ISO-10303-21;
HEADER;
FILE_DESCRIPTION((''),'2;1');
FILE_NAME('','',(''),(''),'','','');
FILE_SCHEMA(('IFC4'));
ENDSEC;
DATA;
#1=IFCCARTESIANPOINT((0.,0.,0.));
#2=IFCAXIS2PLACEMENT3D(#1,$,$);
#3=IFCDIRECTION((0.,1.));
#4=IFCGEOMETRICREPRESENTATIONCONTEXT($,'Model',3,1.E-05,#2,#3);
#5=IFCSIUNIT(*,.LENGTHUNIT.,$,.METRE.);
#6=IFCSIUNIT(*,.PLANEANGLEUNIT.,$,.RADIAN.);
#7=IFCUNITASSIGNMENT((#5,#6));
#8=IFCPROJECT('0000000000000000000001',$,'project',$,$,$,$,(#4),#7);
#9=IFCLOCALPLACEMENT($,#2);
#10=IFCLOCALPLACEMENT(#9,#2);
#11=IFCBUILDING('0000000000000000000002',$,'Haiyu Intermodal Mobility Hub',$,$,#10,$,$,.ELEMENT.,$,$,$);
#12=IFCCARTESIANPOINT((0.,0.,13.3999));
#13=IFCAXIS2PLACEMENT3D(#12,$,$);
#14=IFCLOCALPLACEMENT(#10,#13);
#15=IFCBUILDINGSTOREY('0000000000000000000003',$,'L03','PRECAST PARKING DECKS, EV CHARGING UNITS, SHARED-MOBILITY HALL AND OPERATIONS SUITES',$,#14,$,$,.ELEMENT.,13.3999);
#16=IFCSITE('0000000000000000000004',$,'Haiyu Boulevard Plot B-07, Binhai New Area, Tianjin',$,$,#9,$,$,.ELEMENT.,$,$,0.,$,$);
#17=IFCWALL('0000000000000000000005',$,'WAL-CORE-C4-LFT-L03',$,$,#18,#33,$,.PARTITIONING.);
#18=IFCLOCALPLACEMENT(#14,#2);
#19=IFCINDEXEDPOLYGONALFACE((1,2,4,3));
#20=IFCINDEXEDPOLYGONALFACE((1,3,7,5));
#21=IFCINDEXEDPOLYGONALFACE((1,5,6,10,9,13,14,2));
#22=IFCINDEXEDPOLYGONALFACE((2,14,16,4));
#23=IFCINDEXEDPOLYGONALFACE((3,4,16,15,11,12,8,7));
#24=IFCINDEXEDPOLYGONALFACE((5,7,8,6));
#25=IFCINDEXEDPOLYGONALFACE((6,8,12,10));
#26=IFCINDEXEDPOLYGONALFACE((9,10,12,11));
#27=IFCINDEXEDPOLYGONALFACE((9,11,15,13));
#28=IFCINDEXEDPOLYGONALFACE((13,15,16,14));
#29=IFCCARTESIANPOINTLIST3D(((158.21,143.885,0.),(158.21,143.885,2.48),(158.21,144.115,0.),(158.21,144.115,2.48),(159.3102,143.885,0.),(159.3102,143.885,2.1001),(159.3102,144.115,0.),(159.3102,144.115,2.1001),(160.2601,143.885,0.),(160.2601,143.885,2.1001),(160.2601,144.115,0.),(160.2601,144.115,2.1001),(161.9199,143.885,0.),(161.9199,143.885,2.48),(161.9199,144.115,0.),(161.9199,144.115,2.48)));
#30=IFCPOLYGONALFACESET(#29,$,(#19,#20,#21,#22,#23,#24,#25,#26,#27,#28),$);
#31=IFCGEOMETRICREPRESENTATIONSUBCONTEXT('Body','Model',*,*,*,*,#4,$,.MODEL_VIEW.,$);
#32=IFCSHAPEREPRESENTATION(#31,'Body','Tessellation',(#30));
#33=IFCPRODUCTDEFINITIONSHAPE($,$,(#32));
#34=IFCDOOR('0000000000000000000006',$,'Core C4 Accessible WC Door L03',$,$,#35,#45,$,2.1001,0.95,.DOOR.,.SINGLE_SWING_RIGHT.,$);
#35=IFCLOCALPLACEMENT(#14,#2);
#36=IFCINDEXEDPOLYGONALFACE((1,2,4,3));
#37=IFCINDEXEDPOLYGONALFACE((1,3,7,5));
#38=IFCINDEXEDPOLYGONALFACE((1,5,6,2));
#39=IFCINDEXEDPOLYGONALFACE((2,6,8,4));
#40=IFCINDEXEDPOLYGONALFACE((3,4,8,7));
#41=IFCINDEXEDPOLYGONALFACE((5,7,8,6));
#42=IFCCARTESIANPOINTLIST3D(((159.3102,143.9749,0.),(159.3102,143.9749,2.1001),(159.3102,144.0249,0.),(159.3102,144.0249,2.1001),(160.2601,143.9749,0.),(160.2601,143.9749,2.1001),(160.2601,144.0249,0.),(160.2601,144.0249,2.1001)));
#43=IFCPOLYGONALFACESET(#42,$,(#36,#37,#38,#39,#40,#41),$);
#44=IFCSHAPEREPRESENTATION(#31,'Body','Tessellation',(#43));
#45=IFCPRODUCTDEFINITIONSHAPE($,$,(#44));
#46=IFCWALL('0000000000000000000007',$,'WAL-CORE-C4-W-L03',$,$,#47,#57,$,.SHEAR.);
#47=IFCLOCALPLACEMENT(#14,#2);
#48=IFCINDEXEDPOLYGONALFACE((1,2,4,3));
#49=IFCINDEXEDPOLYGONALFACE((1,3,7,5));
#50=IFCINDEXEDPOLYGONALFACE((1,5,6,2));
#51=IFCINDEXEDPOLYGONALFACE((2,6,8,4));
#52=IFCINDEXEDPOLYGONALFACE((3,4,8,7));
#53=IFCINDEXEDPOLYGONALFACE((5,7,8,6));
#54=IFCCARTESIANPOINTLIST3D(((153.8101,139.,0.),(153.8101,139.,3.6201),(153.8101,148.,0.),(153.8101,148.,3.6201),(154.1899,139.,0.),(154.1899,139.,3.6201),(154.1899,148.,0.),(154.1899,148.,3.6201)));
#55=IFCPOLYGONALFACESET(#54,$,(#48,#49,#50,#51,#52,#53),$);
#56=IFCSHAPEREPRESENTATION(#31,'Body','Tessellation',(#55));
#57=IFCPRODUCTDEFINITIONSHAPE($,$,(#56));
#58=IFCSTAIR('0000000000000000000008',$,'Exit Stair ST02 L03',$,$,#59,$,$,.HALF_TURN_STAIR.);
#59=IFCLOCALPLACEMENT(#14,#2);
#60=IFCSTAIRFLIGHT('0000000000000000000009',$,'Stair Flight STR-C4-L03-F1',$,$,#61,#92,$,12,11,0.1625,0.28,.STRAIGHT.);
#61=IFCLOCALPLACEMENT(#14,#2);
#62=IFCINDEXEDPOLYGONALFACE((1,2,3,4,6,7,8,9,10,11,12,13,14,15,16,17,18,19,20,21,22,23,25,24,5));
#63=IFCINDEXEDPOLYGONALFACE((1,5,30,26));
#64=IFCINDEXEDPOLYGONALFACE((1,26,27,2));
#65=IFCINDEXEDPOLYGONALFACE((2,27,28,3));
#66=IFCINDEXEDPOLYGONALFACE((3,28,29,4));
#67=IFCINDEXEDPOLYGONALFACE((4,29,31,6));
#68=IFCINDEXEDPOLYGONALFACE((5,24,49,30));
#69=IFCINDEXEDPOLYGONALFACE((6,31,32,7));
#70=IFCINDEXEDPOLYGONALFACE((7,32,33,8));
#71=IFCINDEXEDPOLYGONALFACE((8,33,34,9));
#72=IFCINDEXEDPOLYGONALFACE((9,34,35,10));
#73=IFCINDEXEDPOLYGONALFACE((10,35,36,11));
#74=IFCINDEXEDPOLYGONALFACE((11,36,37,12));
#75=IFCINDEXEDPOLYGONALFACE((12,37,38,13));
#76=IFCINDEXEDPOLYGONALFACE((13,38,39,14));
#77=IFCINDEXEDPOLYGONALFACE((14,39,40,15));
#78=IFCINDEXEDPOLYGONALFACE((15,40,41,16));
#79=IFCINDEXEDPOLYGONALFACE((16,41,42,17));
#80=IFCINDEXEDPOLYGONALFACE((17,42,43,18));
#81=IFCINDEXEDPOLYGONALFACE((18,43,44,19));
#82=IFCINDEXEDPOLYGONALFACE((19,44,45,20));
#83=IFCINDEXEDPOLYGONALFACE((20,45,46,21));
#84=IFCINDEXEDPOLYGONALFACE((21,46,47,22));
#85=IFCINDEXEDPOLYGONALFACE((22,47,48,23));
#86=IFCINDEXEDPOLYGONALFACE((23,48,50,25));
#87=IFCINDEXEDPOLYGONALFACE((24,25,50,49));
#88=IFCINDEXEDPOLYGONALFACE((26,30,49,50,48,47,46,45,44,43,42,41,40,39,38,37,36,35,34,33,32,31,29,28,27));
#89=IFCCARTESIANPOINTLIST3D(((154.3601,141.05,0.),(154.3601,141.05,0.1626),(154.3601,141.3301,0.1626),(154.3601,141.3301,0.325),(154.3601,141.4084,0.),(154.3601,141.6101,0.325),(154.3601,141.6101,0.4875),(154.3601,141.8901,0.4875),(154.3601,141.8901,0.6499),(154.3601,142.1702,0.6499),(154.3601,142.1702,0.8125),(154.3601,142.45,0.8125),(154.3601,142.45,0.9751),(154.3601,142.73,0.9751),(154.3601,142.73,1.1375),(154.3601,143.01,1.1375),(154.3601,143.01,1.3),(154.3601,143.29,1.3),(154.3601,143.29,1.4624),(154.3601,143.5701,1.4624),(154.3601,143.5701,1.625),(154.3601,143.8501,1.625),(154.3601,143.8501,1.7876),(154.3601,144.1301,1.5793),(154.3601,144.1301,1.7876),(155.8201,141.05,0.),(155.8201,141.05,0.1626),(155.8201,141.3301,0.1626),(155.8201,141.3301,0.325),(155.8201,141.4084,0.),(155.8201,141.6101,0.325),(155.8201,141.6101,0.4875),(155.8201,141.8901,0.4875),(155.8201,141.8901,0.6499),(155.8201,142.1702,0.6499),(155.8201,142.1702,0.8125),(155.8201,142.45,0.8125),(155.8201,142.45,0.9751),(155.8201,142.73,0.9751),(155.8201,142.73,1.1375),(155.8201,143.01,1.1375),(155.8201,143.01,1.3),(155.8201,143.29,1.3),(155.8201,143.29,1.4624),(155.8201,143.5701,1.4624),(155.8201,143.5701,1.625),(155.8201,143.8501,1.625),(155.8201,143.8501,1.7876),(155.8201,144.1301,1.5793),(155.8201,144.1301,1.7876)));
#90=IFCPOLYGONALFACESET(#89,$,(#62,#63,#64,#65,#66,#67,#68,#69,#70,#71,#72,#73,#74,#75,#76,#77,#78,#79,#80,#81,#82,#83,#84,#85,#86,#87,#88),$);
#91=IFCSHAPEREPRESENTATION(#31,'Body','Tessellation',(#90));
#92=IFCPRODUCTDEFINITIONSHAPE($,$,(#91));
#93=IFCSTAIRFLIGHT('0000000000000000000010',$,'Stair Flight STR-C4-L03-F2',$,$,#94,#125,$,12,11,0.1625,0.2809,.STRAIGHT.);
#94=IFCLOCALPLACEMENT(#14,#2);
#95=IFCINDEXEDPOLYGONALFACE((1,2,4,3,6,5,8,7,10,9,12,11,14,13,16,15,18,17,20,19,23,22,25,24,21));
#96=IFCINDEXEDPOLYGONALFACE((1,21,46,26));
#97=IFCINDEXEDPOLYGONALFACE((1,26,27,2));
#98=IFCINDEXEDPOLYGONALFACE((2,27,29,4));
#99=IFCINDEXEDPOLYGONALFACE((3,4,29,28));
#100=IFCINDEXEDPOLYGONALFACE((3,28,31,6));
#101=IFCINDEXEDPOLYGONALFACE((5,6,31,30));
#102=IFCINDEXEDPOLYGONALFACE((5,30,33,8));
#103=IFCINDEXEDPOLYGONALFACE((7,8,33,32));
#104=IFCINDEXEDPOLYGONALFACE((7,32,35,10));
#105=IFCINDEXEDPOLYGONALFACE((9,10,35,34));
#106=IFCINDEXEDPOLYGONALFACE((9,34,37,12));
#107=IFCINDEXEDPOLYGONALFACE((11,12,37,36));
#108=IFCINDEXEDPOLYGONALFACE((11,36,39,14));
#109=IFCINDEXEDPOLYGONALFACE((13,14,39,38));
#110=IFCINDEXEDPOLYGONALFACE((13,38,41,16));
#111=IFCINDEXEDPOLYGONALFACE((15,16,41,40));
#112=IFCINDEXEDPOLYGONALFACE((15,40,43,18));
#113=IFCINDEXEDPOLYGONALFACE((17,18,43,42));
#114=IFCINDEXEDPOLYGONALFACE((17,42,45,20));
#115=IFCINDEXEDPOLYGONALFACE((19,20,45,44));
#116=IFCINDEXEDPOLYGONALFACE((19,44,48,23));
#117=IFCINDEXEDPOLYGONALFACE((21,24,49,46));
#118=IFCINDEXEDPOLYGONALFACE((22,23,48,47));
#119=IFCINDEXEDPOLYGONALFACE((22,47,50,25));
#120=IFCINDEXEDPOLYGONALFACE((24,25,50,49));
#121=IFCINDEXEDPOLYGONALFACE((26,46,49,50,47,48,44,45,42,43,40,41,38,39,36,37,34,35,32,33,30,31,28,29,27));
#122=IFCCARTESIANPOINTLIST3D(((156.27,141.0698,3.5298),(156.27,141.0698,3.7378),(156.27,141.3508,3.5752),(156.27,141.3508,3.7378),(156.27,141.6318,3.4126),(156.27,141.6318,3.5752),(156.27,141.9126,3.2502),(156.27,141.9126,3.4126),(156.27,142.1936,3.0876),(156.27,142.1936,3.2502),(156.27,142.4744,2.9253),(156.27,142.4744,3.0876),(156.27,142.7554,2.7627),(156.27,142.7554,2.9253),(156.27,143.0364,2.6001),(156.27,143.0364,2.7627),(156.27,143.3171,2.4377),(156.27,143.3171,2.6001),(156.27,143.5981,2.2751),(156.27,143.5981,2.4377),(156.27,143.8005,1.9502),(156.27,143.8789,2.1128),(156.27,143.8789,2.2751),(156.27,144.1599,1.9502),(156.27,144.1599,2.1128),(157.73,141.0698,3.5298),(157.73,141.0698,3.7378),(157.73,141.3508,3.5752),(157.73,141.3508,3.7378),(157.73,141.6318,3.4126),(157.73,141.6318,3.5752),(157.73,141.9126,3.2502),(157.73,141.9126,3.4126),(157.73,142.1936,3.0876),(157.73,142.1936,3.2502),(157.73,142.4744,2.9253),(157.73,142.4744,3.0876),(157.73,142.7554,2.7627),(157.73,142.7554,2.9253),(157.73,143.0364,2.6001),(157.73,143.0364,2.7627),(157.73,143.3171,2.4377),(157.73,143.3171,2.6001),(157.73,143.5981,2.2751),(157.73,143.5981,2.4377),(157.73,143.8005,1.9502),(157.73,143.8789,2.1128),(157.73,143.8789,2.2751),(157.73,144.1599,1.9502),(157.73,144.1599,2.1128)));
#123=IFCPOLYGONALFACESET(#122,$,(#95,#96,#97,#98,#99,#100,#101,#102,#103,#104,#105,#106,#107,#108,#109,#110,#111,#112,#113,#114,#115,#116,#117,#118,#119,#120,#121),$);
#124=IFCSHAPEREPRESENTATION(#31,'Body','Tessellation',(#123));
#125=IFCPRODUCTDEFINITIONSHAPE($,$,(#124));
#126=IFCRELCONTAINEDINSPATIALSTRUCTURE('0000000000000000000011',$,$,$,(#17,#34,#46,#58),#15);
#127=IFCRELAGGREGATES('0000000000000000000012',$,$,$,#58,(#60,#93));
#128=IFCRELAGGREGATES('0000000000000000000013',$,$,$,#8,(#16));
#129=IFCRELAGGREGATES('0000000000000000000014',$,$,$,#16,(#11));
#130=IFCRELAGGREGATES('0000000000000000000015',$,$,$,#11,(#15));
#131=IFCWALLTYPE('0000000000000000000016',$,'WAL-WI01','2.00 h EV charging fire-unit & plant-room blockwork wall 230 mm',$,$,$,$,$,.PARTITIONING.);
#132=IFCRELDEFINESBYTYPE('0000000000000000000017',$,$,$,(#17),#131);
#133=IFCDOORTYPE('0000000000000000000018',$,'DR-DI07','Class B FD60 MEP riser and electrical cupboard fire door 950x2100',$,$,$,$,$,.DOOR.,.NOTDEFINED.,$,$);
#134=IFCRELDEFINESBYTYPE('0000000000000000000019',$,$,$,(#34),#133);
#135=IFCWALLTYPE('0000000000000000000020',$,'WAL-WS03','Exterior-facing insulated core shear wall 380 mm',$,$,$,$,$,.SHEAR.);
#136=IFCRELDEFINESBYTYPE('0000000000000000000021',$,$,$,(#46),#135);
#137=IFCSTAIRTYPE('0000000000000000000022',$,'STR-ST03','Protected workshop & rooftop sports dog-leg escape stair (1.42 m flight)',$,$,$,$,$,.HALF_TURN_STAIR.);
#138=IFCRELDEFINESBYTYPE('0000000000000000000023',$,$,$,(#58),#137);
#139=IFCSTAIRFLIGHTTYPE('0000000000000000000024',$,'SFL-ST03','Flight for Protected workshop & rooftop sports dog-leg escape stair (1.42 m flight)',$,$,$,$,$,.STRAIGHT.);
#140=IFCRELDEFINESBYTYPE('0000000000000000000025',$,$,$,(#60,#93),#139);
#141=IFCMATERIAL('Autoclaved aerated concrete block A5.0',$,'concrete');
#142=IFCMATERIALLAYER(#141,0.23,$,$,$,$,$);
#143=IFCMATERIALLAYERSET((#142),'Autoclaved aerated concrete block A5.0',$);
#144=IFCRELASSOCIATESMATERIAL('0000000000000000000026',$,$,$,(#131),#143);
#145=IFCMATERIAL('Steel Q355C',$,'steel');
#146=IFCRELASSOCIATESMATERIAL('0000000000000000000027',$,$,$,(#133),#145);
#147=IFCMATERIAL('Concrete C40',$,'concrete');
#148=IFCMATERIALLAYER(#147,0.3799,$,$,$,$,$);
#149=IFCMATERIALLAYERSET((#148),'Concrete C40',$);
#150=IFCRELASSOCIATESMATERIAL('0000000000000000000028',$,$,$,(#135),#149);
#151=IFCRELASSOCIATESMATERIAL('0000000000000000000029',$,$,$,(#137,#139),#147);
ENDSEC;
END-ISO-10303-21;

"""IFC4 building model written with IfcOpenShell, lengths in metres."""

from ifc_helpers import new_model, si_unit, direction, frame, frame_2d, origin, place, context, subcontext, project, spatial, polyline, rectangle, outline, extrude, material, layer, layer_set, type_object, element, fill, aggregate, save


model = new_model("IFC4")

# Units and contexts
model_context = context("Model", 3, precision=1e-05, world=origin(), true_north=direction((0.0, 1.0)))
body_context = subcontext(model_context, "Body", "Model", "MODEL_VIEW")
ifc_project = project(units=[si_unit("LENGTHUNIT", "METRE"), si_unit("PLANEANGLEUNIT", "RADIAN")], contexts=[model_context])

# Site, building, storey
site_placement = place(None, origin())
site = spatial("IfcSite", under=ifc_project, at=site_placement, Name="Haiyu Boulevard Plot B-07, Binhai New Area, Tianjin", CompositionType="ELEMENT", RefElevation=0.0)
building_placement = place(site_placement, origin())
building = spatial("IfcBuilding", under=site, at=building_placement, Name="Haiyu Intermodal Mobility Hub", CompositionType="ELEMENT")
storey_placement = place(building_placement, frame((0.0, 0.0, 13.3999)))
storey = spatial("IfcBuildingStorey", under=building, at=storey_placement, Name="L03", Description="PRECAST PARKING DECKS, EV CHARGING UNITS, SHARED-MOBILITY HALL AND OPERATIONS SUITES", CompositionType="ELEMENT", Elevation=13.3999)

# Shared definitions
ifc_material_1 = material(Name="Steel Q355C", Category="steel")

# Wall, opening, door
ifc_material_2 = material(Name="Autoclaved aerated concrete block A5.0", Category="concrete")
ifc_layer_1 = layer(ifc_material_2, 0.23)
ifc_layer_set_1 = layer_set([ifc_layer_1], Name="Autoclaved aerated concrete block A5.0")
wall_type_1 = type_object("IfcWallType", Name="WAL-WI01", Description="2.00 h EV charging fire-unit & plant-room blockwork wall 230 mm", PredefinedType="PARTITIONING", material=ifc_layer_set_1)
wall_1_placement = place(storey_placement, frame((158.21, 144.0, 0.0), z_axis=(0.0, 0.0, 1.0), x_axis=(1.0, 0.0, 0.0)))
wall_1 = element("IfcWall", 1, at=wall_1_placement, inside=storey, type_object=wall_type_1, Name="WAL-CORE-C4-LFT-L03", PredefinedType="PARTITIONING", context=body_context, shape_type="SweptSolid", body=[
    extrude(rectangle(XDim=3.71, YDim=0.23, at=frame_2d((1.855, 0.0))), origin(), (0.0, 0.0, 1.0), 2.48),
])
opening_placement = place(wall_1_placement, frame((1.1001, 0.0, 0.0)))
opening = element("IfcOpeningElement", 2, at=opening_placement, cuts=wall_1, PredefinedType="OPENING", context=body_context, shape_type="SweptSolid", body=[
    extrude(rectangle(XDim=0.95, YDim=2.1001, at=frame_2d((0.4751, 1.05))), frame((0.0, 0.125, 0.0), z_axis=(0.0, -1.0, 0.0), x_axis=(1.0, 0.0, 0.0)), (0.0, 0.0, 1.0), 0.25),
])
door_type = type_object("IfcDoorType", Name="DR-DI07", Description="Class B FD60 MEP riser and electrical cupboard fire door 950x2100", OperationType="NOTDEFINED", PredefinedType="DOOR", material=ifc_material_1)
door_placement = place(opening_placement, origin())
door = element("IfcDoor", 3, at=door_placement, inside=storey, type_object=door_type, Name="Core C4 Accessible WC Door L03", OperationType="SINGLE_SWING_RIGHT", OverallHeight=2.1001, OverallWidth=0.95, PredefinedType="DOOR", context=body_context, shape_type="SweptSolid", body=[
    extrude(rectangle(XDim=0.95, YDim=2.1001, at=frame_2d((0.4751, 1.05))), frame((0.0, 0.0249, 0.0), z_axis=(0.0, -1.0, 0.0), x_axis=(1.0, 0.0, 0.0)), (0.0, 0.0, 1.0), 0.05),
])
fill(opening, door)

# Wall
ifc_material_3 = material(Name="Concrete C40", Category="concrete")
ifc_layer_2 = layer(ifc_material_3, 0.3799)
ifc_layer_set_2 = layer_set([ifc_layer_2], Name="Concrete C40")
wall_type_2 = type_object("IfcWallType", Name="WAL-WS03", Description="Exterior-facing insulated core shear wall 380 mm", PredefinedType="SHEAR", material=ifc_layer_set_2)
wall_2_placement = place(storey_placement, frame((154.0, 148.0, 0.0), z_axis=(0.0, 0.0, 1.0), x_axis=(0.0, -1.0, 0.0)))
element("IfcWall", 4, at=wall_2_placement, inside=storey, type_object=wall_type_2, Name="WAL-CORE-C4-W-L03", PredefinedType="SHEAR", context=body_context, shape_type="SweptSolid", body=[
    extrude(rectangle(XDim=9.0, YDim=0.3799, at=frame_2d((4.5, 0.0))), origin(), (0.0, 0.0, 1.0), 3.6201),
])

# Stair, stair flights
stair_type = type_object("IfcStairType", Name="STR-ST03", Description="Protected workshop & rooftop sports dog-leg escape stair (1.42 m flight)", PredefinedType="HALF_TURN_STAIR", material=ifc_material_3)
stair_placement = place(storey_placement, origin())
stair = element("IfcStair", 5, at=stair_placement, inside=storey, type_object=stair_type, Name="Exit Stair ST02 L03", PredefinedType="HALF_TURN_STAIR")
stair_flight_type = type_object("IfcStairFlightType", Name="SFL-ST03", Description="Flight for Protected workshop & rooftop sports dog-leg escape stair (1.42 m flight)", PredefinedType="STRAIGHT", material=ifc_material_3)
stair_flight_1_placement = place(storey_placement, frame((155.0901, 141.05, 0.0), z_axis=(0.0, 0.0, 1.0), x_axis=(0.0, 1.0, 0.0)))
stair_flight_1 = element("IfcStairFlight", 6, at=stair_flight_1_placement, type_object=stair_flight_type, Name="Stair Flight STR-C4-L03-F1", NumberOfRisers=12, NumberOfTreads=11, PredefinedType="STRAIGHT", RiserHeight=0.1625, TreadLength=0.28, context=body_context, shape_type="SweptSolid", body=[
    extrude(outline(polyline([(0.0, 0.0), (0.0, 0.1626), (0.28, 0.1626), (0.28, 0.325), (0.5601, 0.325), (0.5601, 0.4875), (0.8401, 0.4875), (0.8401, 0.6499), (1.1201, 0.6499), (1.1201, 0.8125), (1.3999, 0.8125), (1.3999, 0.9751), (1.6799, 0.9751), (1.6799, 1.1375), (1.96, 1.1375), (1.96, 1.3), (2.24, 1.3), (2.24, 1.4624), (2.52, 1.4624), (2.52, 1.625), (2.8, 1.625), (2.8, 1.7876), (3.0801, 1.7876), (3.0801, 1.95), (3.0801, 1.5793), (0.3584, 0.0), (0.0, 0.0)])), frame((0.0, 0.73, 0.0), z_axis=(0.0, -1.0, 0.0), x_axis=(1.0, 0.0, 0.0)), (0.0, 0.0, 1.0), 1.46),
])
stair_flight_2_placement = place(storey_placement, frame((157.0, 144.1599, 1.9502), z_axis=(0.0, 0.0, 1.0), x_axis=(0.0, -1.0, 0.0)))
stair_flight_2 = element("IfcStairFlight", 7, at=stair_flight_2_placement, type_object=stair_flight_type, Name="Stair Flight STR-C4-L03-F2", NumberOfRisers=12, NumberOfTreads=11, PredefinedType="STRAIGHT", RiserHeight=0.1625, TreadLength=0.2809, context=body_context, shape_type="SweptSolid", body=[
    extrude(outline(polyline([(0.0, 0.0), (0.0, 0.1626), (0.281, 0.1626), (0.281, 0.325), (0.5618, 0.325), (0.5618, 0.4875), (0.8428, 0.4875), (0.8428, 0.6499), (1.1235, 0.6499), (1.1235, 0.8125), (1.4045, 0.8125), (1.4045, 0.9751), (1.6855, 0.9751), (1.6855, 1.1375), (1.9663, 1.1375), (1.9663, 1.3), (2.2473, 1.3), (2.2473, 1.4624), (2.5281, 1.4624), (2.5281, 1.625), (2.8091, 1.625), (2.8091, 1.7876), (3.0901, 1.7876), (3.0901, 1.95), (3.0901, 1.5796), (0.3594, 0.0), (0.0, 0.0)])), frame((0.0, 0.73, 0.0), z_axis=(0.0, -1.0, 0.0), x_axis=(1.0, 0.0, 0.0)), (0.0, 0.0, 1.0), 1.46),
])
aggregate(stair, [stair_flight_1, stair_flight_2])

save(model, "model.ifc")
